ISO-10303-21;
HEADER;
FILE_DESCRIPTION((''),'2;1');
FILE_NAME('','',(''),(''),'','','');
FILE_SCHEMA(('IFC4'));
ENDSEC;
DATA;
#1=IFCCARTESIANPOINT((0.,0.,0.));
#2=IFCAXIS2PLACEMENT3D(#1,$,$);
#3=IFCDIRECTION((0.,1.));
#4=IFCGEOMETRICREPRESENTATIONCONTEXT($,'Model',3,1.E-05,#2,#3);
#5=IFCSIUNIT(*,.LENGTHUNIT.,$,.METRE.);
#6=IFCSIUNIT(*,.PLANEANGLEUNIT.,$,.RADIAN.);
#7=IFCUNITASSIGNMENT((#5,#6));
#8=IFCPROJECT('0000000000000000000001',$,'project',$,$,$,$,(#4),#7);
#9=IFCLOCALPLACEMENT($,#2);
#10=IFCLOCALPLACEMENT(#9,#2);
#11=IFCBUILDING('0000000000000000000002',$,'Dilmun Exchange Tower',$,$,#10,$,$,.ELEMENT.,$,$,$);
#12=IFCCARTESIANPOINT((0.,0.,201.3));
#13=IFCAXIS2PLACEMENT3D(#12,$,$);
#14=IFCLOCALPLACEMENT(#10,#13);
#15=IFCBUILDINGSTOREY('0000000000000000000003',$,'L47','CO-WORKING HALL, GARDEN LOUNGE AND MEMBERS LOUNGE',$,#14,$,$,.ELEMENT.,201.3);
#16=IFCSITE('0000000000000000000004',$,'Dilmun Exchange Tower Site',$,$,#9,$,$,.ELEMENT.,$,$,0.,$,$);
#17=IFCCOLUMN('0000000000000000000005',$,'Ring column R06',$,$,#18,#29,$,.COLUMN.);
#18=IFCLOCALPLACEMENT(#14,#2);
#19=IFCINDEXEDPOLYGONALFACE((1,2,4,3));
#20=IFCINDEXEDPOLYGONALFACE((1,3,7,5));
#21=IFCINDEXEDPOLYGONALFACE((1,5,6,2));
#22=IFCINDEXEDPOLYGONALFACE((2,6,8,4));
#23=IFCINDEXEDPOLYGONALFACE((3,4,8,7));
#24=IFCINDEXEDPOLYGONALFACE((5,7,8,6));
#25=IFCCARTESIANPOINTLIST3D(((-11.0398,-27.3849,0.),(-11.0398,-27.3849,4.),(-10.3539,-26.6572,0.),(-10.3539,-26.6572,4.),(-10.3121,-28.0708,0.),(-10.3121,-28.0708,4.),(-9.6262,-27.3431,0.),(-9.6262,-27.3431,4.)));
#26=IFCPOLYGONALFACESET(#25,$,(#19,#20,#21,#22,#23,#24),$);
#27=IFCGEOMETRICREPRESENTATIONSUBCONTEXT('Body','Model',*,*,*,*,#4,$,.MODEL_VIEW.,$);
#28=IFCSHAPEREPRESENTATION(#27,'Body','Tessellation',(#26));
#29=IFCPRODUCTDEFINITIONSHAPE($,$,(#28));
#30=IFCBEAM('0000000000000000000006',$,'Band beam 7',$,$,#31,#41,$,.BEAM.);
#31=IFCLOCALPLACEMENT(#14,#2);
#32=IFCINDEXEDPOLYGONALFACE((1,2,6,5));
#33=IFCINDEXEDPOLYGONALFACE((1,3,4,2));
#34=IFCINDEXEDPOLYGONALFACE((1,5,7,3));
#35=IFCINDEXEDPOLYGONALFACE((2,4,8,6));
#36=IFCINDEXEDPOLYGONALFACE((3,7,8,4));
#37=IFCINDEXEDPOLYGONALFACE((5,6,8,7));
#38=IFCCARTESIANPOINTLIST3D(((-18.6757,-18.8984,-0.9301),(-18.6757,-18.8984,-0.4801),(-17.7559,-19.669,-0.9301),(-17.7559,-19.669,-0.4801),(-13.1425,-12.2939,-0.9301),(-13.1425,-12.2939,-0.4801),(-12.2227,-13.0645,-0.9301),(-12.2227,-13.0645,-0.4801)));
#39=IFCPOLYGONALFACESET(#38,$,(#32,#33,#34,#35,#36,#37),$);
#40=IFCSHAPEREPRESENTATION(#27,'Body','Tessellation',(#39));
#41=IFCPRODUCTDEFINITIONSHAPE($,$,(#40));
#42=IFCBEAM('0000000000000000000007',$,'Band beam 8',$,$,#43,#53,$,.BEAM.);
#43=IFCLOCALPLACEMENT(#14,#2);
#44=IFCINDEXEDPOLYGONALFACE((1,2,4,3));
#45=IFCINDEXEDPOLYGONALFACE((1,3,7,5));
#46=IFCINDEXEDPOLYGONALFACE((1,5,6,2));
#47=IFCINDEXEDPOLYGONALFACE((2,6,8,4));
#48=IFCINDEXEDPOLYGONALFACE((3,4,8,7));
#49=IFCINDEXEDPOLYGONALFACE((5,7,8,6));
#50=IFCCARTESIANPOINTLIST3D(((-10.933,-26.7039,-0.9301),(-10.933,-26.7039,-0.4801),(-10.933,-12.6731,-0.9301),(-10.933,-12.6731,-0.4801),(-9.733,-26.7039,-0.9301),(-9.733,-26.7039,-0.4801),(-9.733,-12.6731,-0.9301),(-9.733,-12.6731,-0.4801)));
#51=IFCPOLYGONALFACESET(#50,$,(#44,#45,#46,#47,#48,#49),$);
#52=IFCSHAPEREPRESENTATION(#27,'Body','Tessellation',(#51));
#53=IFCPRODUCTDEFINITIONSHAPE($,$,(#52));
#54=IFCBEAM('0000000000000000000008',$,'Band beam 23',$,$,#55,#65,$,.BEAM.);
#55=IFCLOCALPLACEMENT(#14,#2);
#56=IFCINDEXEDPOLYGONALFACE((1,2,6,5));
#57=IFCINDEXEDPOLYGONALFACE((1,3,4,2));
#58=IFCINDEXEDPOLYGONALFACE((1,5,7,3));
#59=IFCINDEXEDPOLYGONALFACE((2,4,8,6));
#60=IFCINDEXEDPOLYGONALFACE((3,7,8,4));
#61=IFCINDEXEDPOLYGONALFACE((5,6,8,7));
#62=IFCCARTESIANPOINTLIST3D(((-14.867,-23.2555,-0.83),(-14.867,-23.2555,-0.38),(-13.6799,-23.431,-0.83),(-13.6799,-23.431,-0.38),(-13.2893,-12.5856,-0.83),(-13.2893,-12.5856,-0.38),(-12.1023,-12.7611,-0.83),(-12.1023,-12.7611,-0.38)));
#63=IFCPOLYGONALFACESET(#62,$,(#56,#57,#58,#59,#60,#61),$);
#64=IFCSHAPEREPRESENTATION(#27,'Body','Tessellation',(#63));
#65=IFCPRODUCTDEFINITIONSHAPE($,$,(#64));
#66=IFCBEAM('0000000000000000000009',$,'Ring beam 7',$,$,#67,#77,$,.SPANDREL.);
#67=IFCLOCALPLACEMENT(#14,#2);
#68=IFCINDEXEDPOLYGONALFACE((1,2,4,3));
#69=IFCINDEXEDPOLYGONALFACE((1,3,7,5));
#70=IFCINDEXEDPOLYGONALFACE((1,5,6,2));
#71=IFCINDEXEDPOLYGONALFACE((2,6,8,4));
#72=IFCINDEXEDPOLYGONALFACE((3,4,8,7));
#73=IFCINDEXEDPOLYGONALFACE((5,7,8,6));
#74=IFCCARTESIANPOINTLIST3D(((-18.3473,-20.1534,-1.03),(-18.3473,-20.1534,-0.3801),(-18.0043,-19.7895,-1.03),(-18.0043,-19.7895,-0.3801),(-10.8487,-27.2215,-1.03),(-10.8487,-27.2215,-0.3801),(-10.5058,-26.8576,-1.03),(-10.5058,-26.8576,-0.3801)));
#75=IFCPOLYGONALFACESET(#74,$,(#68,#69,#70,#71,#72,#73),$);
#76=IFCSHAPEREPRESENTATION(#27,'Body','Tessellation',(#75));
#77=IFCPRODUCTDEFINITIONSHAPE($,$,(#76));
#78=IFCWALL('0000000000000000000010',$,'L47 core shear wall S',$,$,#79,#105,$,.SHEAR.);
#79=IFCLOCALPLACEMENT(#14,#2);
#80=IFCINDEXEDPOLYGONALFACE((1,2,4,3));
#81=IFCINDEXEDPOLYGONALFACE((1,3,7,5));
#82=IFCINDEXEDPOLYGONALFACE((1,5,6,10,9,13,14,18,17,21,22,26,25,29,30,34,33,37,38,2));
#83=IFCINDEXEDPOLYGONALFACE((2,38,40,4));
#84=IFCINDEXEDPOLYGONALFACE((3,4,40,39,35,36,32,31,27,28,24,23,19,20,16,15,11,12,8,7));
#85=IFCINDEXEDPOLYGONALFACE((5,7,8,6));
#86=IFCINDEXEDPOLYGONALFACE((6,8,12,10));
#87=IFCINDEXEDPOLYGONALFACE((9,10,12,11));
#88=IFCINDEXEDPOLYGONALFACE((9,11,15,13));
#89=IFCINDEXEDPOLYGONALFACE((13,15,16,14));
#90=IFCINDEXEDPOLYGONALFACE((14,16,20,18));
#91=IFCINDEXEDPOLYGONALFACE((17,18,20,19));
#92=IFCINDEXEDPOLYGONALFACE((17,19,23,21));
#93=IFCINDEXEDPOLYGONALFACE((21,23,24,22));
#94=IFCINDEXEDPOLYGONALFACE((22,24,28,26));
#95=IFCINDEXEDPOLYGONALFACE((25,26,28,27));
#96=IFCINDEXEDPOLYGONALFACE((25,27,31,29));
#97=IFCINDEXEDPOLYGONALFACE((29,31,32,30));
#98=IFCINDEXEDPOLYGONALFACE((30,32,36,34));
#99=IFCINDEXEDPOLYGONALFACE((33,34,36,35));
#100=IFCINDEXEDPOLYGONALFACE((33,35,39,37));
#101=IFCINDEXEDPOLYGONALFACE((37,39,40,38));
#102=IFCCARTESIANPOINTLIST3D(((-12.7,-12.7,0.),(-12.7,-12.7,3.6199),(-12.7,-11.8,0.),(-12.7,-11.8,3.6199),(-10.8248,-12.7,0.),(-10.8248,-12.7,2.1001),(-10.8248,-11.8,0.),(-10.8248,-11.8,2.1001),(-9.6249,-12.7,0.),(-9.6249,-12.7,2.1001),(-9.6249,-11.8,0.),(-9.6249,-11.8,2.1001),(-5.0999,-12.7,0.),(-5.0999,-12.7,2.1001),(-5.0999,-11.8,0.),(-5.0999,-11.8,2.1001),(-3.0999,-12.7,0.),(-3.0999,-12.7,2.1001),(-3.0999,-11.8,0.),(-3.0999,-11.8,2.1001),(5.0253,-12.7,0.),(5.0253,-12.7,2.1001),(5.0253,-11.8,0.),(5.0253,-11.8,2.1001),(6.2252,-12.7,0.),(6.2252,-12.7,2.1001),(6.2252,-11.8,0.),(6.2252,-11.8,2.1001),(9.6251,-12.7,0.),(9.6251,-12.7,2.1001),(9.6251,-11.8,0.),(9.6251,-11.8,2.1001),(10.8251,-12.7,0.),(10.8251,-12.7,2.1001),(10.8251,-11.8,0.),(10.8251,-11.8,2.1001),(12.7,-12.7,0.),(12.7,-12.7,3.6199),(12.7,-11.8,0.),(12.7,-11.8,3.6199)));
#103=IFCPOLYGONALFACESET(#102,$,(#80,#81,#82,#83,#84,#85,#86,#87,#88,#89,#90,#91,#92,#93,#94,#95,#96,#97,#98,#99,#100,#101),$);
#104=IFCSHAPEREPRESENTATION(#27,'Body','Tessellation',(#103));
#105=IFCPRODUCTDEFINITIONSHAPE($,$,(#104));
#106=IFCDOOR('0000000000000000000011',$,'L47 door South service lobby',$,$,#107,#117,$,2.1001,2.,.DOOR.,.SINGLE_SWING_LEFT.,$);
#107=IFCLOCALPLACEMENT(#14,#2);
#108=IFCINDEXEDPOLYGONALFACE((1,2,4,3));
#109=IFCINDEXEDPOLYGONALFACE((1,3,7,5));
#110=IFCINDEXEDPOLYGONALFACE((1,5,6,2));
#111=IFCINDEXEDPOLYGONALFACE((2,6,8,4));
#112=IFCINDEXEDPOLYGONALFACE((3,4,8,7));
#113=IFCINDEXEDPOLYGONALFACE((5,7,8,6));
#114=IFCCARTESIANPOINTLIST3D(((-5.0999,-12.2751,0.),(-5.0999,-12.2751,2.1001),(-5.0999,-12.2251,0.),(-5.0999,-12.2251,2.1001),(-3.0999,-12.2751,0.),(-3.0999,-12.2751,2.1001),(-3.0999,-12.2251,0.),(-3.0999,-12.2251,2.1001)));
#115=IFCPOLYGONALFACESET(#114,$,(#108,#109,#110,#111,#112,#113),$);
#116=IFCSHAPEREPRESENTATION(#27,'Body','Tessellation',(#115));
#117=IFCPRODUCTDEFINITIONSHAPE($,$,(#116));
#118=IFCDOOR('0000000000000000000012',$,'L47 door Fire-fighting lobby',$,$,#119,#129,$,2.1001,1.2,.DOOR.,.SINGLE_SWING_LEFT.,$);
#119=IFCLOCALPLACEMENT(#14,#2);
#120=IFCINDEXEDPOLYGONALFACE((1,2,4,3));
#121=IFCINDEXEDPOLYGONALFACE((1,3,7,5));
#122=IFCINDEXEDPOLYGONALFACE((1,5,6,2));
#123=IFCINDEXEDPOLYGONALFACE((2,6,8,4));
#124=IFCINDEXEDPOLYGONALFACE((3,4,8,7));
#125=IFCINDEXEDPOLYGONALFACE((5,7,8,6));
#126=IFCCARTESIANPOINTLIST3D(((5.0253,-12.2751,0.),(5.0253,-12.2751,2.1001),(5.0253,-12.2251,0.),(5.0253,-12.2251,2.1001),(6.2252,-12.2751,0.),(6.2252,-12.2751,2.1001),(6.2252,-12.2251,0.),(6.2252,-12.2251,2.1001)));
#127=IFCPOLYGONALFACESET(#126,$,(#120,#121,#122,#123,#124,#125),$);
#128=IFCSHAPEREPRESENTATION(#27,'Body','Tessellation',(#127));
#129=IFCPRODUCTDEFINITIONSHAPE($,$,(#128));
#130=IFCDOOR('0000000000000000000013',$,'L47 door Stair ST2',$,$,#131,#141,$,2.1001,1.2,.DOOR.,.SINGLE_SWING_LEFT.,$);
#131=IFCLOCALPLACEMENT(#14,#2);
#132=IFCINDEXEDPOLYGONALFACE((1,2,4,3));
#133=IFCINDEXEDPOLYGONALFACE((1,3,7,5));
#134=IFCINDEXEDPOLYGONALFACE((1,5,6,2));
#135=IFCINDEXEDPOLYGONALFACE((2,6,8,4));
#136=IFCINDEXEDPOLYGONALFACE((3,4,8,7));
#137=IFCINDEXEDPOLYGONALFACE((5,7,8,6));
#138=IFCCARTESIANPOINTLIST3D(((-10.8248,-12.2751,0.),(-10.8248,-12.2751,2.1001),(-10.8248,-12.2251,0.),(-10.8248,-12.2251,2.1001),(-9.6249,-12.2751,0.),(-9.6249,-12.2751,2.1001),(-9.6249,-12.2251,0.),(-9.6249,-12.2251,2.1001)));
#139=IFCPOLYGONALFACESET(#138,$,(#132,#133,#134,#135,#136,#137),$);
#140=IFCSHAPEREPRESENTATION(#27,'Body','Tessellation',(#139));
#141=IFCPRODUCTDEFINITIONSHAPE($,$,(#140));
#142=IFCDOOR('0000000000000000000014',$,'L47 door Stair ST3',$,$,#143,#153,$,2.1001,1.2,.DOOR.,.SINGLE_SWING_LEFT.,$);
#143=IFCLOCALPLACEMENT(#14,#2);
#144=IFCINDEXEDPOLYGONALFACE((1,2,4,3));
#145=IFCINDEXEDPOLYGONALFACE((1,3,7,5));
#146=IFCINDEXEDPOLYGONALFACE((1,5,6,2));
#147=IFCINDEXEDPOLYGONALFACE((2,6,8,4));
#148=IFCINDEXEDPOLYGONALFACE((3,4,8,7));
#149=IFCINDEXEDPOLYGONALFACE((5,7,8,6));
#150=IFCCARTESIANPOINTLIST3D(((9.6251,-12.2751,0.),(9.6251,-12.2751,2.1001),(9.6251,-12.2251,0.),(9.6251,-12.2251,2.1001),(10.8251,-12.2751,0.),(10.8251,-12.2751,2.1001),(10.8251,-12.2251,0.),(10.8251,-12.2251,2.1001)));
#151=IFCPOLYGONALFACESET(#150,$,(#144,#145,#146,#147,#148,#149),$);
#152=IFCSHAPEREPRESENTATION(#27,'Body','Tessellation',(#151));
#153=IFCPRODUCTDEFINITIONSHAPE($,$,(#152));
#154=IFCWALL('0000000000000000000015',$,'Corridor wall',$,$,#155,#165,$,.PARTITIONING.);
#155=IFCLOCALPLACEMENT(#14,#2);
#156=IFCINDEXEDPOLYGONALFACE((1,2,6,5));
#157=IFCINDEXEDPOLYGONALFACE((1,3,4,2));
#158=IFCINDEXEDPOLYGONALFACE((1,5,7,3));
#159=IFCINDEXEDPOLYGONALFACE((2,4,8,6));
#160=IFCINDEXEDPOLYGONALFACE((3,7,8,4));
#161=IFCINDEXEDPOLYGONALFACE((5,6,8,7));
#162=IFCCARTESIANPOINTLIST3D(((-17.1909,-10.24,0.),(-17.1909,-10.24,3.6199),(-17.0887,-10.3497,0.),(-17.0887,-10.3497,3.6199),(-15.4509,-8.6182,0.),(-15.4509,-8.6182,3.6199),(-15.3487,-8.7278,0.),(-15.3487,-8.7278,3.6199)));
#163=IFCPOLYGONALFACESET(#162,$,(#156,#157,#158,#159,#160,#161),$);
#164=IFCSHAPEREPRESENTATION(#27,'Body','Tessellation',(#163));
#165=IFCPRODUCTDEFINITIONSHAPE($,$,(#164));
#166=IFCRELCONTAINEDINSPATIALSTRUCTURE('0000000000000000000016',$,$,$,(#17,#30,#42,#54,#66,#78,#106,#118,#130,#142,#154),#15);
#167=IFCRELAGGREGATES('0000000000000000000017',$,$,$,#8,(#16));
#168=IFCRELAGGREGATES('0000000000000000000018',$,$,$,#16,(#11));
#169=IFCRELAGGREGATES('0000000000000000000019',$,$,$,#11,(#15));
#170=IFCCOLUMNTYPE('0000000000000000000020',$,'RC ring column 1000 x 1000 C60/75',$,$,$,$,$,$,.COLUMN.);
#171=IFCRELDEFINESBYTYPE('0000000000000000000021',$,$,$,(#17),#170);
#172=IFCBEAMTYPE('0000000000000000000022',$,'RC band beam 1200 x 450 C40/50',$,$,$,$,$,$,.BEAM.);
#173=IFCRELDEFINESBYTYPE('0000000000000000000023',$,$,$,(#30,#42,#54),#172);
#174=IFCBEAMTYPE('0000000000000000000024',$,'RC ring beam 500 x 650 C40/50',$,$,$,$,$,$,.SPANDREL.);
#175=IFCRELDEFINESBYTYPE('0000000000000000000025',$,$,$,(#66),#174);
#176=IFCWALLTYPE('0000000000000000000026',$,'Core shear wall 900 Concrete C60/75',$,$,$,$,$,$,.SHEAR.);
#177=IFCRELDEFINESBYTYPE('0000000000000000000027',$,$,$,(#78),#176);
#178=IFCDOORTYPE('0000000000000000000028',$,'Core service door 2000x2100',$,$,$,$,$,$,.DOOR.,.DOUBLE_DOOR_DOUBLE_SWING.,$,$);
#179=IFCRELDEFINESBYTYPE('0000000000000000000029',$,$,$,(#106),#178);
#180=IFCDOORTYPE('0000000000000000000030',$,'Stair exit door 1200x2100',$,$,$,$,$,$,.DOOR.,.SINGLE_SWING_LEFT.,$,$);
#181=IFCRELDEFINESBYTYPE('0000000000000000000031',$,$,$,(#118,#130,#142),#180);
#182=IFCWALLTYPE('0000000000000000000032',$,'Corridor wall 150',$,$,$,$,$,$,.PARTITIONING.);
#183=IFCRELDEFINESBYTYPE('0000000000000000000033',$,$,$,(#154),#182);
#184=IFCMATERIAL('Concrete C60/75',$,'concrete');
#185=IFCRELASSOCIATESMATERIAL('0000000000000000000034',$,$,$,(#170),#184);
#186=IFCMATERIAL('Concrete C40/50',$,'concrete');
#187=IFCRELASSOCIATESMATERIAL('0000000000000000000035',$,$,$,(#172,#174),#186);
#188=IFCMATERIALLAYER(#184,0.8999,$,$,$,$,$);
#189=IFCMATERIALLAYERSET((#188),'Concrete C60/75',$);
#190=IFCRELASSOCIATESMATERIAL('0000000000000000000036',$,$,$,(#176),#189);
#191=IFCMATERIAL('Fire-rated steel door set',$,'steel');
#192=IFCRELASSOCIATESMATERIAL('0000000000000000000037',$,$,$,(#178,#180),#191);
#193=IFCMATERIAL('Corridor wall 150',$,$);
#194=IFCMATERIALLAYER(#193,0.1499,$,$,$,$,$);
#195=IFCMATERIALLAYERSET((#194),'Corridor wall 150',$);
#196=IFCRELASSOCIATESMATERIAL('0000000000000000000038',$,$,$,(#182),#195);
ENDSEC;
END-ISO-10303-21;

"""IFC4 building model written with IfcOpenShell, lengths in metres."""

from ifc_helpers import new_model, si_unit, direction, frame, frame_2d, origin, origin_2d, place, context, subcontext, project, spatial, rectangle, extrude, material, layer, layer_set, material_profile, profile_set, type_object, element, fill, save


model = new_model("IFC4")

# Units and contexts
model_context = context("Model", 3, precision=1e-05, world=origin(), true_north=direction((0.0, 1.0)))
body_context = subcontext(model_context, "Body", "Model", "MODEL_VIEW")
ifc_project = project(units=[si_unit("LENGTHUNIT", "METRE"), si_unit("PLANEANGLEUNIT", "RADIAN")], contexts=[model_context])

# Site, building, storey
site_placement = place(None, origin())
site = spatial("IfcSite", under=ifc_project, at=site_placement, Name="Dilmun Exchange Tower Site", CompositionType="ELEMENT", RefElevation=0.0)
building_placement = place(site_placement, origin())
building = spatial("IfcBuilding", under=site, at=building_placement, Name="Dilmun Exchange Tower", CompositionType="ELEMENT")
storey_placement = place(building_placement, frame((0.0, 0.0, 201.3)))
storey = spatial("IfcBuildingStorey", under=building, at=storey_placement, Name="L47", Description="CO-WORKING HALL, GARDEN LOUNGE AND MEMBERS LOUNGE", CompositionType="ELEMENT", Elevation=201.3)

# Column
ifc_material_1 = material(Name="Concrete C60/75", Category="concrete")
ifc_material_profile_1 = material_profile(ifc_material_1, rectangle(XDim=1.0, YDim=1.0, at=origin_2d()), Name="1000 x 1000")
ifc_profile_set_1 = profile_set([ifc_material_profile_1], Name="Concrete C60/75")
column_type = type_object("IfcColumnType", Name="RC ring column 1000 x 1000 C60/75", PredefinedType="COLUMN", material=ifc_profile_set_1)
column_placement = place(storey_placement, frame((-10.333, -27.364, 0.0), z_axis=(0.0, 0.0, 1.0), x_axis=(0.685916, 0.727681, 0.0)))
element("IfcColumn", 1, at=column_placement, inside=storey, type_object=column_type, Name="Ring column R06", PredefinedType="COLUMN", context=body_context, shape_type="SweptSolid", body=[
    extrude(rectangle(XDim=1.0, YDim=1.0, at=origin_2d()), origin(), (0.0, 0.0, 1.0), 4.0),
])

# Beams
ifc_material_2 = material(Name="Concrete C40/50", Category="concrete")
ifc_material_profile_2 = material_profile(ifc_material_2, rectangle(XDim=1.2, YDim=0.45, at=origin_2d()), Name="1200 x 450")
ifc_profile_set_2 = profile_set([ifc_material_profile_2], Name="Concrete C40/50")
beam_type_1 = type_object("IfcBeamType", Name="RC band beam 1200 x 450 C40/50", PredefinedType="BEAM", material=ifc_profile_set_2)
beam_1_placement = place(storey_placement, frame((-18.2158, -19.2837, -0.7051), z_axis=(0.6422, 0.766537, 0.0), x_axis=(-0.766537, 0.6422, 0.0)))
element("IfcBeam", 2, at=beam_1_placement, inside=storey, type_object=beam_type_1, Name="Band beam 7", PredefinedType="BEAM", context=body_context, shape_type="SweptSolid", body=[
    extrude(rectangle(XDim=1.2, YDim=0.45, at=origin_2d()), origin(), (0.0, 0.0, 1.0), 8.616),
])
beam_2_placement = place(storey_placement, frame((-10.333, -26.7039, -0.7051), z_axis=(0.0, 1.0, 0.0), x_axis=(-1.0, 0.0, 0.0)))
element("IfcBeam", 3, at=beam_2_placement, inside=storey, type_object=beam_type_1, Name="Band beam 8", PredefinedType="BEAM", context=body_context, shape_type="SweptSolid", body=[
    extrude(rectangle(XDim=1.2, YDim=0.45, at=origin_2d()), origin(), (0.0, 0.0, 1.0), 14.0308),
])
beam_3_placement = place(storey_placement, frame((-14.2734, -23.3433, -0.605), z_axis=(0.146268, 0.989245, 0.0), x_axis=(-0.989245, 0.146268, 0.0)))
element("IfcBeam", 4, at=beam_3_placement, inside=storey, type_object=beam_type_1, Name="Band beam 23", PredefinedType="BEAM", context=body_context, shape_type="SweptSolid", body=[
    extrude(rectangle(XDim=1.2, YDim=0.45, at=origin_2d()), origin(), (0.0, 0.0, 1.0), 10.7859),
])
ifc_material_profile_3 = material_profile(ifc_material_2, rectangle(XDim=0.5, YDim=0.6499, at=origin_2d()), Name="500 x 650")
ifc_profile_set_3 = profile_set([ifc_material_profile_3], Name="Concrete C40/50")
beam_type_2 = type_object("IfcBeamType", Name="RC ring beam 500 x 650 C40/50", PredefinedType="SPANDREL", material=ifc_profile_set_3)
beam_4_placement = place(storey_placement, frame((-18.1758, -19.9714, -0.7051), z_axis=(0.727683, -0.685914, 0.0), x_axis=(0.685914, 0.727683, 0.0)))
element("IfcBeam", 5, at=beam_4_placement, inside=storey, type_object=beam_type_2, Name="Ring beam 7", PredefinedType="SPANDREL", context=body_context, shape_type="SweptSolid", body=[
    extrude(rectangle(XDim=0.5, YDim=0.6499, at=origin_2d()), origin(), (0.0, 0.0, 1.0), 10.3047),
])

# Wall, openings, doors
ifc_layer_1 = layer(ifc_material_1, 0.8999)
ifc_layer_set_1 = layer_set([ifc_layer_1], Name="Concrete C60/75")
wall_type_1 = type_object("IfcWallType", Name="Core shear wall 900 Concrete C60/75", PredefinedType="SHEAR", material=ifc_layer_set_1)
wall_1_placement = place(storey_placement, frame((-12.7, -12.25, 0.0), z_axis=(0.0, 0.0, 1.0), x_axis=(1.0, 0.0, 0.0)))
wall_1 = element("IfcWall", 6, at=wall_1_placement, inside=storey, type_object=wall_type_1, Name="L47 core shear wall S", PredefinedType="SHEAR", context=body_context, shape_type="SweptSolid", body=[
    extrude(rectangle(XDim=25.3999, YDim=0.8999, at=frame_2d((12.7, 0.0))), origin(), (0.0, 0.0, 1.0), 3.6199),
])
opening_1_placement = place(wall_1_placement, frame((7.6001, 0.0, 0.0)))
opening_1 = element("IfcOpeningElement", 7, at=opening_1_placement, cuts=wall_1, PredefinedType="OPENING", context=body_context, shape_type="SweptSolid", body=[
    extrude(rectangle(XDim=2.0, YDim=2.1001, at=frame_2d((1.0, 1.05))), frame((0.0, 0.46, 0.0), z_axis=(0.0, -1.0, 0.0), x_axis=(1.0, 0.0, 0.0)), (0.0, 0.0, 1.0), 0.9199),
])
opening_2_placement = place(wall_1_placement, frame((17.7251, 0.0, 0.0)))
opening_2 = element("IfcOpeningElement", 8, at=opening_2_placement, cuts=wall_1, PredefinedType="OPENING", context=body_context, shape_type="SweptSolid", body=[
    extrude(rectangle(XDim=1.2, YDim=2.1001, at=frame_2d((0.6001, 1.05))), frame((0.0, 0.46, 0.0), z_axis=(0.0, -1.0, 0.0), x_axis=(1.0, 0.0, 0.0)), (0.0, 0.0, 1.0), 0.9199),
])
opening_3_placement = place(wall_1_placement, frame((1.875, 0.0, 0.0)))
opening_3 = element("IfcOpeningElement", 9, at=opening_3_placement, cuts=wall_1, PredefinedType="OPENING", context=body_context, shape_type="SweptSolid", body=[
    extrude(rectangle(XDim=1.2, YDim=2.1001, at=frame_2d((0.6001, 1.05))), frame((0.0, 0.46, 0.0), z_axis=(0.0, -1.0, 0.0), x_axis=(1.0, 0.0, 0.0)), (0.0, 0.0, 1.0), 0.9199),
])
opening_4_placement = place(wall_1_placement, frame((22.325, 0.0, 0.0)))
opening_4 = element("IfcOpeningElement", 10, at=opening_4_placement, cuts=wall_1, PredefinedType="OPENING", context=body_context, shape_type="SweptSolid", body=[
    extrude(rectangle(XDim=1.2, YDim=2.1001, at=frame_2d((0.6001, 1.05))), frame((0.0, 0.46, 0.0), z_axis=(0.0, -1.0, 0.0), x_axis=(1.0, 0.0, 0.0)), (0.0, 0.0, 1.0), 0.9199),
])
ifc_material_3 = material(Name="Fire-rated steel door set", Category="steel")
door_type_1 = type_object("IfcDoorType", Name="Core service door 2000x2100", OperationType="DOUBLE_DOOR_DOUBLE_SWING", PredefinedType="DOOR", material=ifc_material_3)
door_1_placement = place(opening_1_placement, origin())
door_1 = element("IfcDoor", 11, at=door_1_placement, inside=storey, type_object=door_type_1, Name="L47 door South service lobby", OperationType="SINGLE_SWING_LEFT", OverallHeight=2.1001, OverallWidth=2.0, PredefinedType="DOOR", context=body_context, shape_type="SweptSolid", body=[
    extrude(rectangle(XDim=2.0, YDim=2.1001, at=frame_2d((1.0, 1.05))), frame((0.0, 0.0249, 0.0), z_axis=(0.0, -1.0, 0.0), x_axis=(1.0, 0.0, 0.0)), (0.0, 0.0, 1.0), 0.05),
])
fill(opening_1, door_1)
door_type_2 = type_object("IfcDoorType", Name="Stair exit door 1200x2100", OperationType="SINGLE_SWING_LEFT", PredefinedType="DOOR", material=ifc_material_3)
door_2_placement = place(opening_2_placement, origin())
door_2 = element("IfcDoor", 12, at=door_2_placement, inside=storey, type_object=door_type_2, Name="L47 door Fire-fighting lobby", OperationType="SINGLE_SWING_LEFT", OverallHeight=2.1001, OverallWidth=1.2, PredefinedType="DOOR", context=body_context, shape_type="SweptSolid", body=[
    extrude(rectangle(XDim=1.2, YDim=2.1001, at=frame_2d((0.6001, 1.05))), frame((0.0, 0.0249, 0.0), z_axis=(0.0, -1.0, 0.0), x_axis=(1.0, 0.0, 0.0)), (0.0, 0.0, 1.0), 0.05),
])
fill(opening_2, door_2)
door_3_placement = place(opening_3_placement, origin())
door_3 = element("IfcDoor", 13, at=door_3_placement, inside=storey, type_object=door_type_2, Name="L47 door Stair ST2", OperationType="SINGLE_SWING_LEFT", OverallHeight=2.1001, OverallWidth=1.2, PredefinedType="DOOR", context=body_context, shape_type="SweptSolid", body=[
    extrude(rectangle(XDim=1.2, YDim=2.1001, at=frame_2d((0.6001, 1.05))), frame((0.0, 0.0249, 0.0), z_axis=(0.0, -1.0, 0.0), x_axis=(1.0, 0.0, 0.0)), (0.0, 0.0, 1.0), 0.05),
])
fill(opening_3, door_3)
door_4_placement = place(opening_4_placement, origin())
door_4 = element("IfcDoor", 14, at=door_4_placement, inside=storey, type_object=door_type_2, Name="L47 door Stair ST3", OperationType="SINGLE_SWING_LEFT", OverallHeight=2.1001, OverallWidth=1.2, PredefinedType="DOOR", context=body_context, shape_type="SweptSolid", body=[
    extrude(rectangle(XDim=1.2, YDim=2.1001, at=frame_2d((0.6001, 1.05))), frame((0.0, 0.0249, 0.0), z_axis=(0.0, -1.0, 0.0), x_axis=(1.0, 0.0, 0.0)), (0.0, 0.0, 1.0), 0.05),
])
fill(opening_4, door_4)

# Wall
ifc_material_4 = material(Name="Corridor wall 150")
ifc_layer_2 = layer(ifc_material_4, 0.1499)
ifc_layer_set_2 = layer_set([ifc_layer_2], Name="Corridor wall 150")
wall_type_2 = type_object("IfcWallType", Name="Corridor wall 150", PredefinedType="PARTITIONING", material=ifc_layer_set_2)
wall_2_placement = place(storey_placement, frame((-17.1399, -10.2949, 0.0), z_axis=(0.0, 0.0, 1.0), x_axis=(0.731509, 0.681832, 0.0)))
element("IfcWall", 15, at=wall_2_placement, inside=storey, type_object=wall_type_2, Name="Corridor wall", PredefinedType="PARTITIONING", context=body_context, shape_type="SweptSolid", body=[
    extrude(rectangle(XDim=2.3787, YDim=0.1499, at=frame_2d((1.1895, 0.0))), origin(), (0.0, 0.0, 1.0), 3.6199),
])

save(model, "model.ifc")
